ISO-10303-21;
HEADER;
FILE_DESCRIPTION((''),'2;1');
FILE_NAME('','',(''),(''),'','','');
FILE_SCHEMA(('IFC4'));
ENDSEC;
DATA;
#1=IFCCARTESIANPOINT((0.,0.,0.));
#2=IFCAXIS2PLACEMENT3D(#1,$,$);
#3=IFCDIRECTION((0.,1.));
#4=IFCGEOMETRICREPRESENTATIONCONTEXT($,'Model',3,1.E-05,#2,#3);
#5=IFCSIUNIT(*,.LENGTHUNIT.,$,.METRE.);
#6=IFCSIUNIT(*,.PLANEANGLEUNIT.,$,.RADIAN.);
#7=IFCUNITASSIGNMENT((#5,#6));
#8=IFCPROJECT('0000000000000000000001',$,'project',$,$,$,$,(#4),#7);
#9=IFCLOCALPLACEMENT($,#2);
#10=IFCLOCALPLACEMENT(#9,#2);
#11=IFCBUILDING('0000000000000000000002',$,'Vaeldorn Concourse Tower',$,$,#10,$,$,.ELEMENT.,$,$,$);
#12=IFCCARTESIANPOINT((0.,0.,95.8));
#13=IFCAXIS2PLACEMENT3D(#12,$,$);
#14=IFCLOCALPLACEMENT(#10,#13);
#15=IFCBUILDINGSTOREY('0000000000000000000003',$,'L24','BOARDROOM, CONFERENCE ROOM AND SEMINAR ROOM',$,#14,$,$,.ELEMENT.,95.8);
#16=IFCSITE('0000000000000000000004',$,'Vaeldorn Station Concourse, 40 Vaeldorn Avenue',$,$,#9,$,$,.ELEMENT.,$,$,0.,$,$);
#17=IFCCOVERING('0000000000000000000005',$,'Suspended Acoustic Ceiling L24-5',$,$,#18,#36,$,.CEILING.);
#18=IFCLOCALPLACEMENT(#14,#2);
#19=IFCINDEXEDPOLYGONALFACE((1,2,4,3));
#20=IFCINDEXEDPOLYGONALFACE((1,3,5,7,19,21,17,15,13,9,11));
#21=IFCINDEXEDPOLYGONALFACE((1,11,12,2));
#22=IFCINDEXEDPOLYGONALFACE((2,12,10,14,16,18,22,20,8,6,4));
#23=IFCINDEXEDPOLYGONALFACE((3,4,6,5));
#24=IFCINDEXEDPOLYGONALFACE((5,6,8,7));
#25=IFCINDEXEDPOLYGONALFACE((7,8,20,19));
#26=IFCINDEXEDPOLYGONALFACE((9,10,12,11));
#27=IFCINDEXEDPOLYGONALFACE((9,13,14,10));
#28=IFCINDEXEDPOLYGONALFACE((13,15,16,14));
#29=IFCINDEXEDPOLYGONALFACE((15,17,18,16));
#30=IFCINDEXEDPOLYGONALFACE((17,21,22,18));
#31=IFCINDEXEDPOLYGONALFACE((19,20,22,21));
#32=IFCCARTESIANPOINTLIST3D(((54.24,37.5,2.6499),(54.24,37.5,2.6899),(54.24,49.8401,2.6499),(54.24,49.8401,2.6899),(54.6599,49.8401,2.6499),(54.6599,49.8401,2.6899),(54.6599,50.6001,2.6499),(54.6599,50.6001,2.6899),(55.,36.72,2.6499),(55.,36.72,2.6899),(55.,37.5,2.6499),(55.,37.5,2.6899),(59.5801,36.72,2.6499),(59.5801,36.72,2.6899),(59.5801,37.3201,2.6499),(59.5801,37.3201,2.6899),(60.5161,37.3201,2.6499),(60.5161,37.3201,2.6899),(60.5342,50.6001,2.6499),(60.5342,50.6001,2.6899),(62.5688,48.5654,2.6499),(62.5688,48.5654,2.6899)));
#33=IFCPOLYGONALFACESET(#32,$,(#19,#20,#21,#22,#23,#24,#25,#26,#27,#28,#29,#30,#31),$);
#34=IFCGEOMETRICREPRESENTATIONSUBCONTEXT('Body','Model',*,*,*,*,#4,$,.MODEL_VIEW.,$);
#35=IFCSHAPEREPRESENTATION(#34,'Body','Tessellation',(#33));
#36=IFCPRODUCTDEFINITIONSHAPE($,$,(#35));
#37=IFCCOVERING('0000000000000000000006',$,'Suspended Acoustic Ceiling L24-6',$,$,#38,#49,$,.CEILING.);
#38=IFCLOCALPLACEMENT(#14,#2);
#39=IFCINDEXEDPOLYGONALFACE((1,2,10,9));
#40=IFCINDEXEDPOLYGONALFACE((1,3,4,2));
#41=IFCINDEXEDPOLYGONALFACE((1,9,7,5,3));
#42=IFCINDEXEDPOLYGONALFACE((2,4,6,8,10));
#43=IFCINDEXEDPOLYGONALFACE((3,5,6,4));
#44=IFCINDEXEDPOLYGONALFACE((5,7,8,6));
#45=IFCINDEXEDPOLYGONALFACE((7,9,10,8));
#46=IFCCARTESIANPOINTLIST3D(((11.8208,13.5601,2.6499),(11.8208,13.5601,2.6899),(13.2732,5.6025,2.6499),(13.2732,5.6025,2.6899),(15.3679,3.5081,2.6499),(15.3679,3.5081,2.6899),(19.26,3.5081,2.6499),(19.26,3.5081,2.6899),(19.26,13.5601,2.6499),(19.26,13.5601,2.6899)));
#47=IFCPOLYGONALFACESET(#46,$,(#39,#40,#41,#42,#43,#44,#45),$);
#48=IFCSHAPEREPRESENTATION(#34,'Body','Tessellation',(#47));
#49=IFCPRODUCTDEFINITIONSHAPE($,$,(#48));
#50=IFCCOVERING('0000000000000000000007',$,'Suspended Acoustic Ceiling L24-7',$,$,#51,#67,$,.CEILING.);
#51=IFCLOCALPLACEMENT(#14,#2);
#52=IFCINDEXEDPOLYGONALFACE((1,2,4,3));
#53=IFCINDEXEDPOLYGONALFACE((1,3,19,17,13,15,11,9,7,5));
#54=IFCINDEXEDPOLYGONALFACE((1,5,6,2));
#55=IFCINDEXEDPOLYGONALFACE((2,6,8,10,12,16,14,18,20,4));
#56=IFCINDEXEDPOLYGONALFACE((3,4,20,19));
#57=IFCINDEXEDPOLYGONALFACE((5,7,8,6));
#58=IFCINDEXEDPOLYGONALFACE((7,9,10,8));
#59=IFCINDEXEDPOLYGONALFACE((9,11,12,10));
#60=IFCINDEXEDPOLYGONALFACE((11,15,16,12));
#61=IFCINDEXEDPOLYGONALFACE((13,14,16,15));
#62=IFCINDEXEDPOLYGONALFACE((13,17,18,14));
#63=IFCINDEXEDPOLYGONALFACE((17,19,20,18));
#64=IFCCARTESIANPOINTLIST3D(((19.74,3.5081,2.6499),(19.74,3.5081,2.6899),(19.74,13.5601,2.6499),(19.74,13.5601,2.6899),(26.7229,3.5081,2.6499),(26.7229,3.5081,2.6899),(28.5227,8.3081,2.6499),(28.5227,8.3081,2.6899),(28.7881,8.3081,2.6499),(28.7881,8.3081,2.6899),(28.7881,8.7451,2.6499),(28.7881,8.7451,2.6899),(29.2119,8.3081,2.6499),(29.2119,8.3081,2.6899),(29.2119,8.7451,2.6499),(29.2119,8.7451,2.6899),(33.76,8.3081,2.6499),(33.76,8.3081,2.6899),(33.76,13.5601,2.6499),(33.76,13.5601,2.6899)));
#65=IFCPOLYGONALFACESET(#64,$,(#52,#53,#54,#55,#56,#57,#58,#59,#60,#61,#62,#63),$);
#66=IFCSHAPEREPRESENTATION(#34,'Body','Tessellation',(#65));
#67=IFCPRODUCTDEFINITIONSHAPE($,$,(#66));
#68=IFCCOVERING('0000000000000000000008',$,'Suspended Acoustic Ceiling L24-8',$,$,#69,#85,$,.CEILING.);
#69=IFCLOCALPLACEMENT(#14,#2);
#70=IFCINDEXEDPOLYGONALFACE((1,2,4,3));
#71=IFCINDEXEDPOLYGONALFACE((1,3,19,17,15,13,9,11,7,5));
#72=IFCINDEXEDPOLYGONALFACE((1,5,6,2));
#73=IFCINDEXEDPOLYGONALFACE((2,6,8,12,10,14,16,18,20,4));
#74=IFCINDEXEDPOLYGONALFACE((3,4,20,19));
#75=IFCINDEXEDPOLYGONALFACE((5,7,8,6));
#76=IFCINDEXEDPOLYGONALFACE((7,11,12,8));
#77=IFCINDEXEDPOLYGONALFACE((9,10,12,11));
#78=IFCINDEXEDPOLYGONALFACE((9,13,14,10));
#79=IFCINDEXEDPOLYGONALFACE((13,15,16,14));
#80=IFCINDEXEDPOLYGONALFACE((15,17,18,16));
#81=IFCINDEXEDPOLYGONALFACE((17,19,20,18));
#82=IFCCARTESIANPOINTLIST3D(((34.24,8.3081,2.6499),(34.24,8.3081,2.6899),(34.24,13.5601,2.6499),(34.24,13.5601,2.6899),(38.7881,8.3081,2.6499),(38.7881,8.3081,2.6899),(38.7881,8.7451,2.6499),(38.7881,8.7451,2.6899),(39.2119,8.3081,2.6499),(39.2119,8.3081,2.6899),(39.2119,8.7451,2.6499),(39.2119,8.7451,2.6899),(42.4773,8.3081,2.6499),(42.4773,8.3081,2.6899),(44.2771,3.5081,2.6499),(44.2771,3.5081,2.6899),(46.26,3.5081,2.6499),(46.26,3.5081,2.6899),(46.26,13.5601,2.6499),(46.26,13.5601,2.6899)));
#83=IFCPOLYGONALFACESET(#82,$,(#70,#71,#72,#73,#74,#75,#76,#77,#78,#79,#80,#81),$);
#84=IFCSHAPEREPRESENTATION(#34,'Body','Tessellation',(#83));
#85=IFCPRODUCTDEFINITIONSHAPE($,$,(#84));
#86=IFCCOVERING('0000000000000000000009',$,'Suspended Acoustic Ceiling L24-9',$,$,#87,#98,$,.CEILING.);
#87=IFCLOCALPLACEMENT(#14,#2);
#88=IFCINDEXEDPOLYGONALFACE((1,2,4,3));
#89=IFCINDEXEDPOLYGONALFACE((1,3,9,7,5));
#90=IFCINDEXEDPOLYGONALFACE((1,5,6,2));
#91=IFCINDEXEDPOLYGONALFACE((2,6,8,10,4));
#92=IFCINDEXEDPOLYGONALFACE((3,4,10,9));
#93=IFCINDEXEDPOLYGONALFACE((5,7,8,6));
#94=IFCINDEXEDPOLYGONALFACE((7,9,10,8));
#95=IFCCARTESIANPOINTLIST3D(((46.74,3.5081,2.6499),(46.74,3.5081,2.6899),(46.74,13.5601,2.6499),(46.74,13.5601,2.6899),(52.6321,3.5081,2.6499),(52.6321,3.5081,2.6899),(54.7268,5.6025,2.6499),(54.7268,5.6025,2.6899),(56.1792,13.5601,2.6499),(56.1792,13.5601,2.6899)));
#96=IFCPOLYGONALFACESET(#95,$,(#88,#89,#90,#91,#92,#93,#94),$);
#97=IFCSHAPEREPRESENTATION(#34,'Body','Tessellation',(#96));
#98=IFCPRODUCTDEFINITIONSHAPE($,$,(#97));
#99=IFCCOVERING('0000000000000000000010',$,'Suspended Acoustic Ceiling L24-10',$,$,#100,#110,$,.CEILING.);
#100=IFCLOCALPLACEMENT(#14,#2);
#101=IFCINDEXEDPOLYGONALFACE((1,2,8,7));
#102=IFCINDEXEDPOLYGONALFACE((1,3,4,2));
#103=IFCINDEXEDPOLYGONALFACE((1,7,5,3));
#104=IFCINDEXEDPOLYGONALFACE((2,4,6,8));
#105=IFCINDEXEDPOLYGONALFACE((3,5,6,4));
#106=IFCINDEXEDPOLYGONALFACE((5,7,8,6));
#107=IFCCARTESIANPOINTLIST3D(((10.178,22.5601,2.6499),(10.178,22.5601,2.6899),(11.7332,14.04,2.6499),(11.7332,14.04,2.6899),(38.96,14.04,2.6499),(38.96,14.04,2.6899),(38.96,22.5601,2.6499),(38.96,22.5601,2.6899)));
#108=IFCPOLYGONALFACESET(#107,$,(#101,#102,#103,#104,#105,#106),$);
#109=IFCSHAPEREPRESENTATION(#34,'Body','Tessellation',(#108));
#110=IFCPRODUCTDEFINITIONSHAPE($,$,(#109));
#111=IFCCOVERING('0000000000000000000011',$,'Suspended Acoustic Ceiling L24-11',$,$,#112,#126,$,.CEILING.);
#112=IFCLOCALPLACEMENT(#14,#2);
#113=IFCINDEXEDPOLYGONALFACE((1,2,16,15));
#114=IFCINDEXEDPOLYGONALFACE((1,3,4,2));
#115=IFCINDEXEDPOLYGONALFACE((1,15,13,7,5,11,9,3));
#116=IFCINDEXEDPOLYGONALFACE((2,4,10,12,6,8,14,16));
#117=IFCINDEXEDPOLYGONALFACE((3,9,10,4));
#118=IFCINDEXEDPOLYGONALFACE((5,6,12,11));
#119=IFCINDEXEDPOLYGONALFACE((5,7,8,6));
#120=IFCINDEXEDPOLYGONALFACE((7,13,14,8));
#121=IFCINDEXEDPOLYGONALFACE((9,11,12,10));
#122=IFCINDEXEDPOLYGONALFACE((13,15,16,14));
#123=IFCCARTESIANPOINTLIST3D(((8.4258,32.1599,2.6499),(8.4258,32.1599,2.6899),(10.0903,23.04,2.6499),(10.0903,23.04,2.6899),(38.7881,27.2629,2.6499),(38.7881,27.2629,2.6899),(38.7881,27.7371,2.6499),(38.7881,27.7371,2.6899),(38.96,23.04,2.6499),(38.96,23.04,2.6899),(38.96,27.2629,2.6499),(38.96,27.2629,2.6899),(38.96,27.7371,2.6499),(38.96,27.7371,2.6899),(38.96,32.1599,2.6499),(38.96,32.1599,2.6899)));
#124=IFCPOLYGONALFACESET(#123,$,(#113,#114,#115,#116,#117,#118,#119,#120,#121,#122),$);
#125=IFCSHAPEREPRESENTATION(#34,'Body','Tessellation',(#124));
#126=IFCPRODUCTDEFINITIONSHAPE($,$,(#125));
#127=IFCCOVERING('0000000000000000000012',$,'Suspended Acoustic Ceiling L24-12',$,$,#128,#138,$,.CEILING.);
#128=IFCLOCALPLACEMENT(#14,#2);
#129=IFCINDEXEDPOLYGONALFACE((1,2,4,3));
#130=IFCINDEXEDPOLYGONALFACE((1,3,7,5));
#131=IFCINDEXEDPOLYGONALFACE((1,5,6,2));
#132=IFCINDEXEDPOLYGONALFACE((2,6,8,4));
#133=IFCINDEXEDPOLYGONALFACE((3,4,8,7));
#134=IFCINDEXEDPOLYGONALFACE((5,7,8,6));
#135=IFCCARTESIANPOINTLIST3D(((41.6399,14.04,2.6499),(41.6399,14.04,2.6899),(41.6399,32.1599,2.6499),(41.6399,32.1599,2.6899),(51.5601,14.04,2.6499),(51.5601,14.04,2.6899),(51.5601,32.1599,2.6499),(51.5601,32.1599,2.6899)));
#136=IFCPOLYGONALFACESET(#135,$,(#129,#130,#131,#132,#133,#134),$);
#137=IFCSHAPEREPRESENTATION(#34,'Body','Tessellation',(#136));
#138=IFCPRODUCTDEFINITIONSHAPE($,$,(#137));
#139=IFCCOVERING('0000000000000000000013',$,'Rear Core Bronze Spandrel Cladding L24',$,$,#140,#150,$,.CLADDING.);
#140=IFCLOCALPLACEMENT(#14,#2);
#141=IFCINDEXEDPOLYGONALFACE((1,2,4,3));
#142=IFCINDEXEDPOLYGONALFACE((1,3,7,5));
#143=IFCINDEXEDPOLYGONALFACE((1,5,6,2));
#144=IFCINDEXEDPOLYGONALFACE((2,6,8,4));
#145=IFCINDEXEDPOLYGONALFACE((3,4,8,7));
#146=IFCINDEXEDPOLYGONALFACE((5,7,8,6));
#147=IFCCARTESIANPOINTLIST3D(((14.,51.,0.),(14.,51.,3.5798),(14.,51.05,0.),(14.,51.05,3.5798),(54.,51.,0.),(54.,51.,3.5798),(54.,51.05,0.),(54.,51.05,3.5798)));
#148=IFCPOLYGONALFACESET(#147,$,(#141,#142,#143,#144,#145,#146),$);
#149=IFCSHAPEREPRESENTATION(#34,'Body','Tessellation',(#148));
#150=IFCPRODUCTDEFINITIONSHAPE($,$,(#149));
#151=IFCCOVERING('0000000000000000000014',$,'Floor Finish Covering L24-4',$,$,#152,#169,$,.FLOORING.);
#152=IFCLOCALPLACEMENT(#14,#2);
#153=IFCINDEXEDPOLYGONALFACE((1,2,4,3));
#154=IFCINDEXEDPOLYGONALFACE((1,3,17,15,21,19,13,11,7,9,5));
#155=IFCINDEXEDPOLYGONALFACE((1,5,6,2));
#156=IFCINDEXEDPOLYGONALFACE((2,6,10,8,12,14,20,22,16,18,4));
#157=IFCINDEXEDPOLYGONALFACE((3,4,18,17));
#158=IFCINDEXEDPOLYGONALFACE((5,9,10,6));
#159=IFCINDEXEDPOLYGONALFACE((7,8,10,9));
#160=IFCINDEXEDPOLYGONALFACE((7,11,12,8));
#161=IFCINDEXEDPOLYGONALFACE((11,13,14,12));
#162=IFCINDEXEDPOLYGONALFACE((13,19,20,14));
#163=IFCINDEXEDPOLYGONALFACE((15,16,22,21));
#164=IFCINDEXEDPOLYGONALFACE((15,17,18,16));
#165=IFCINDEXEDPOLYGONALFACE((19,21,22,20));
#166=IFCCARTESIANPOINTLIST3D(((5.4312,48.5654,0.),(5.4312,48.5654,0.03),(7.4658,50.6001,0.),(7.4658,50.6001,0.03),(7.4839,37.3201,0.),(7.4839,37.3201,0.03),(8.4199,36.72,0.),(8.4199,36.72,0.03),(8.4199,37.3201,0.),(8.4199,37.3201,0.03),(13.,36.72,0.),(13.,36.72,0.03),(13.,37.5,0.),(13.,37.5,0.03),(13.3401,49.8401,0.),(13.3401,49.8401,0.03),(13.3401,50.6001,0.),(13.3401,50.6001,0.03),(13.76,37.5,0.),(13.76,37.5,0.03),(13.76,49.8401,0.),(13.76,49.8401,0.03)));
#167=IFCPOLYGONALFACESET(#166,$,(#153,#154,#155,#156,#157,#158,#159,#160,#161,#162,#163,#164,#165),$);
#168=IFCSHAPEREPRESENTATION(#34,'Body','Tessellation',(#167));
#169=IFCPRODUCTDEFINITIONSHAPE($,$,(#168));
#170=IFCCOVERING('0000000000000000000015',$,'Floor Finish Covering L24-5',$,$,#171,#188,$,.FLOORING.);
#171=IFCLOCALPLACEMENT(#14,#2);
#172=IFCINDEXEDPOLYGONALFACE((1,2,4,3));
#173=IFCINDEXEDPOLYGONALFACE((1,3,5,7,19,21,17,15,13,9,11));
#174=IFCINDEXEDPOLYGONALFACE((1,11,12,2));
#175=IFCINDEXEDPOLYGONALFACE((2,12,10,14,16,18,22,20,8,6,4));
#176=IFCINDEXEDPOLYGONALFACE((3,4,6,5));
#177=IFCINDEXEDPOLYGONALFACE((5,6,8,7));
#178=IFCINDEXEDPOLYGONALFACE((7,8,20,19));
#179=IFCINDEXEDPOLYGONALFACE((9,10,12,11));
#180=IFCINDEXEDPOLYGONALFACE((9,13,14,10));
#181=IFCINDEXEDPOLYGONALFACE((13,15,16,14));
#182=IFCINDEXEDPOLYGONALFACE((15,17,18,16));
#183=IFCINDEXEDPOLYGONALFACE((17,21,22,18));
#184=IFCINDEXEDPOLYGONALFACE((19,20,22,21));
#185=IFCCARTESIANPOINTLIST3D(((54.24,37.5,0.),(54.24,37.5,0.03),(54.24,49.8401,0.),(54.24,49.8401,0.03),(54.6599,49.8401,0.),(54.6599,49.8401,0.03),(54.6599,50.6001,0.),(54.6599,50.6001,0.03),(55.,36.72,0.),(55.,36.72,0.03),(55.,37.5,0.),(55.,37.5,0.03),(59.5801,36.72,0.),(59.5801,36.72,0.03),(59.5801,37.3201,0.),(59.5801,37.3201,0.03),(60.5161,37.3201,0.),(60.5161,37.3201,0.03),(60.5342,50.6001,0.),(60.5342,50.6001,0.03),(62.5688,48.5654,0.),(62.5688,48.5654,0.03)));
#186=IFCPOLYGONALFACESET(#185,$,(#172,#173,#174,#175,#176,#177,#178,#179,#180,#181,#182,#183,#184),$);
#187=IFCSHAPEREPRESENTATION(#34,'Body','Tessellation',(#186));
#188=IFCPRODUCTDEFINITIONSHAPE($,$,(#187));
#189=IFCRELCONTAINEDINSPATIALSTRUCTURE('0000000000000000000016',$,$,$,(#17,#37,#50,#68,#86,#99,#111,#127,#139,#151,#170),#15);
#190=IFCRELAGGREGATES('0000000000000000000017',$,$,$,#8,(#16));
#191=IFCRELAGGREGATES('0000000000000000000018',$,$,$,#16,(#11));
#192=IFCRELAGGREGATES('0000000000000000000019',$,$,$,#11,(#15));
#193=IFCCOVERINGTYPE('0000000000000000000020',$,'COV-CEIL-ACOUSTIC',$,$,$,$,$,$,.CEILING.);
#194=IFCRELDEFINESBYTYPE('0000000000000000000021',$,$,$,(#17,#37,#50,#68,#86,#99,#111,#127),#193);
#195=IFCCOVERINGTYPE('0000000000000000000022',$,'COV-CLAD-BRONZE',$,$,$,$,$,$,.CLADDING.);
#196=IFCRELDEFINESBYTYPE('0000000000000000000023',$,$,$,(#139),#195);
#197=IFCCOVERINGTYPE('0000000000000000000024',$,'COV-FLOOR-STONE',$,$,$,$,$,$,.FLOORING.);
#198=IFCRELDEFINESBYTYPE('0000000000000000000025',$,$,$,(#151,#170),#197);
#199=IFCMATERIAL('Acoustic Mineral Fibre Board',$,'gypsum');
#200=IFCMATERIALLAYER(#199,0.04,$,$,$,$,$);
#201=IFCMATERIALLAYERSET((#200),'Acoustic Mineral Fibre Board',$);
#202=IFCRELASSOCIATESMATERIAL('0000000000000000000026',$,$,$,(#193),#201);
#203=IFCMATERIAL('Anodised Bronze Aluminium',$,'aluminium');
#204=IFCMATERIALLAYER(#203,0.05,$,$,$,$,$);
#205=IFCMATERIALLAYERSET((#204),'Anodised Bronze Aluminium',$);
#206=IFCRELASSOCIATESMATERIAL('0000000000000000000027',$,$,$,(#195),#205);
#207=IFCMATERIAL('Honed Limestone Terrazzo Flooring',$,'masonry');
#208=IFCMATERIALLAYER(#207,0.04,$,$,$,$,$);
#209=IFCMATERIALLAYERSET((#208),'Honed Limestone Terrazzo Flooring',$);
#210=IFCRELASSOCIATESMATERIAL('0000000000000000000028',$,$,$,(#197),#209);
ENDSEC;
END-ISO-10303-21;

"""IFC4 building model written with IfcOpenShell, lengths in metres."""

from ifc_helpers import new_model, si_unit, direction, frame, origin, place, context, subcontext, project, spatial, polyline, outline, extrude, material, layer, layer_set, type_object, element, save


model = new_model("IFC4")

# Units and contexts
model_context = context("Model", 3, precision=1e-05, world=origin(), true_north=direction((0.0, 1.0)))
body_context = subcontext(model_context, "Body", "Model", "MODEL_VIEW")
ifc_project = project(units=[si_unit("LENGTHUNIT", "METRE"), si_unit("PLANEANGLEUNIT", "RADIAN")], contexts=[model_context])

# Site, building, storey
site_placement = place(None, origin())
site = spatial("IfcSite", under=ifc_project, at=site_placement, Name="Vaeldorn Station Concourse, 40 Vaeldorn Avenue", CompositionType="ELEMENT", RefElevation=0.0)
building_placement = place(site_placement, origin())
building = spatial("IfcBuilding", under=site, at=building_placement, Name="Vaeldorn Concourse Tower", CompositionType="ELEMENT")
storey_placement = place(building_placement, frame((0.0, 0.0, 95.8)))
storey = spatial("IfcBuildingStorey", under=building, at=storey_placement, Name="L24", Description="BOARDROOM, CONFERENCE ROOM AND SEMINAR ROOM", CompositionType="ELEMENT", Elevation=95.8)

# Shared definitions
ifc_material_1 = material(Name="Anodised Bronze Aluminium", Category="aluminium")

# Coverings
ifc_material_2 = material(Name="Acoustic Mineral Fibre Board", Category="gypsum")
ifc_layer_1 = layer(ifc_material_2, 0.04)
ifc_layer_set_1 = layer_set([ifc_layer_1], Name="Acoustic Mineral Fibre Board")
covering_type_1 = type_object("IfcCoveringType", Name="COV-CEIL-ACOUSTIC", PredefinedType="CEILING", material=ifc_layer_set_1)
covering_1_placement = place(storey_placement, frame((0.0, 0.0, 2.6499)))
element("IfcCovering", 1, at=covering_1_placement, inside=storey, type_object=covering_type_1, Name="Suspended Acoustic Ceiling L24-5", PredefinedType="CEILING", context=body_context, shape_type="SweptSolid", body=[
    extrude(outline(polyline([(54.6599, 49.8401), (54.6599, 50.6001), (60.5342, 50.6001), (62.5688, 48.5654), (60.5161, 37.3201), (59.5801, 37.3201), (59.5801, 36.72), (55.0, 36.72), (55.0, 37.5), (54.24, 37.5), (54.24, 49.8401), (54.6599, 49.8401)])), origin(), (0.0, 0.0, 1.0), 0.04),
])
covering_2_placement = place(storey_placement, frame((0.0, 0.0, 2.6499)))
element("IfcCovering", 2, at=covering_2_placement, inside=storey, type_object=covering_type_1, Name="Suspended Acoustic Ceiling L24-6", PredefinedType="CEILING", context=body_context, shape_type="SweptSolid", body=[
    extrude(outline(polyline([(19.26, 13.5601), (19.26, 3.5081), (15.3679, 3.5081), (13.2732, 5.6025), (11.8208, 13.5601), (19.26, 13.5601)])), origin(), (0.0, 0.0, 1.0), 0.04),
])
covering_3_placement = place(storey_placement, frame((0.0, 0.0, 2.6499)))
element("IfcCovering", 3, at=covering_3_placement, inside=storey, type_object=covering_type_1, Name="Suspended Acoustic Ceiling L24-7", PredefinedType="CEILING", context=body_context, shape_type="SweptSolid", body=[
    extrude(outline(polyline([(26.7229, 3.5081), (19.74, 3.5081), (19.74, 13.5601), (33.76, 13.5601), (33.76, 8.3081), (29.2119, 8.3081), (29.2119, 8.7451), (28.7881, 8.7451), (28.7881, 8.3081), (28.5227, 8.3081), (26.7229, 3.5081)])), origin(), (0.0, 0.0, 1.0), 0.04),
])
covering_4_placement = place(storey_placement, frame((0.0, 0.0, 2.6499)))
element("IfcCovering", 4, at=covering_4_placement, inside=storey, type_object=covering_type_1, Name="Suspended Acoustic Ceiling L24-8", PredefinedType="CEILING", context=body_context, shape_type="SweptSolid", body=[
    extrude(outline(polyline([(34.24, 13.5601), (46.26, 13.5601), (46.26, 3.5081), (44.2771, 3.5081), (42.4773, 8.3081), (39.2119, 8.3081), (39.2119, 8.7451), (38.7881, 8.7451), (38.7881, 8.3081), (34.24, 8.3081), (34.24, 13.5601)])), origin(), (0.0, 0.0, 1.0), 0.04),
])
covering_5_placement = place(storey_placement, frame((0.0, 0.0, 2.6499)))
element("IfcCovering", 5, at=covering_5_placement, inside=storey, type_object=covering_type_1, Name="Suspended Acoustic Ceiling L24-9", PredefinedType="CEILING", context=body_context, shape_type="SweptSolid", body=[
    extrude(outline(polyline([(52.6321, 3.5081), (46.74, 3.5081), (46.74, 13.5601), (56.1792, 13.5601), (54.7268, 5.6025), (52.6321, 3.5081)])), origin(), (0.0, 0.0, 1.0), 0.04),
])
covering_6_placement = place(storey_placement, frame((0.0, 0.0, 2.6499)))
element("IfcCovering", 6, at=covering_6_placement, inside=storey, type_object=covering_type_1, Name="Suspended Acoustic Ceiling L24-10", PredefinedType="CEILING", context=body_context, shape_type="SweptSolid", body=[
    extrude(outline(polyline([(38.96, 22.5601), (38.96, 14.04), (11.7332, 14.04), (10.178, 22.5601), (38.96, 22.5601)])), origin(), (0.0, 0.0, 1.0), 0.04),
])
covering_7_placement = place(storey_placement, frame((0.0, 0.0, 2.6499)))
element("IfcCovering", 7, at=covering_7_placement, inside=storey, type_object=covering_type_1, Name="Suspended Acoustic Ceiling L24-11", PredefinedType="CEILING", context=body_context, shape_type="SweptSolid", body=[
    extrude(outline(polyline([(38.96, 32.1599), (38.96, 27.7371), (38.7881, 27.7371), (38.7881, 27.2629), (38.96, 27.2629), (38.96, 23.04), (10.0903, 23.04), (8.4258, 32.1599), (38.96, 32.1599)])), origin(), (0.0, 0.0, 1.0), 0.04),
])
covering_8_placement = place(storey_placement, frame((0.0, 0.0, 2.6499)))
element("IfcCovering", 8, at=covering_8_placement, inside=storey, type_object=covering_type_1, Name="Suspended Acoustic Ceiling L24-12", PredefinedType="CEILING", context=body_context, shape_type="SweptSolid", body=[
    extrude(outline(polyline([(41.6399, 32.1599), (51.5601, 32.1599), (51.5601, 14.04), (41.6399, 14.04), (41.6399, 32.1599)])), origin(), (0.0, 0.0, 1.0), 0.04),
])
ifc_layer_2 = layer(ifc_material_1, 0.05)
ifc_layer_set_2 = layer_set([ifc_layer_2], Name="Anodised Bronze Aluminium")
covering_type_2 = type_object("IfcCoveringType", Name="COV-CLAD-BRONZE", PredefinedType="CLADDING", material=ifc_layer_set_2)
covering_9_placement = place(storey_placement, origin())
element("IfcCovering", 9, at=covering_9_placement, inside=storey, type_object=covering_type_2, Name="Rear Core Bronze Spandrel Cladding L24", PredefinedType="CLADDING", context=body_context, shape_type="SweptSolid", body=[
    extrude(outline(polyline([(14.0, 51.0), (54.0, 51.0), (54.0, 51.05), (14.0, 51.05), (14.0, 51.0)])), origin(), (0.0, 0.0, 1.0), 3.5798),
])
ifc_material_3 = material(Name="Honed Limestone Terrazzo Flooring", Category="masonry")
ifc_layer_3 = layer(ifc_material_3, 0.04)
ifc_layer_set_3 = layer_set([ifc_layer_3], Name="Honed Limestone Terrazzo Flooring")
covering_type_3 = type_object("IfcCoveringType", Name="COV-FLOOR-STONE", PredefinedType="FLOORING", material=ifc_layer_set_3)
covering_10_placement = place(storey_placement, origin())
element("IfcCovering", 10, at=covering_10_placement, inside=storey, type_object=covering_type_3, Name="Floor Finish Covering L24-4", PredefinedType="FLOORING", context=body_context, shape_type="SweptSolid", body=[
    extrude(outline(polyline([(7.4658, 50.6001), (13.3401, 50.6001), (13.3401, 49.8401), (13.76, 49.8401), (13.76, 37.5), (13.0, 37.5), (13.0, 36.72), (8.4199, 36.72), (8.4199, 37.3201), (7.4839, 37.3201), (5.4312, 48.5654), (7.4658, 50.6001)])), origin(), (0.0, 0.0, 1.0), 0.03),
])
covering_11_placement = place(storey_placement, origin())
element("IfcCovering", 11, at=covering_11_placement, inside=storey, type_object=covering_type_3, Name="Floor Finish Covering L24-5", PredefinedType="FLOORING", context=body_context, shape_type="SweptSolid", body=[
    extrude(outline(polyline([(54.6599, 49.8401), (54.6599, 50.6001), (60.5342, 50.6001), (62.5688, 48.5654), (60.5161, 37.3201), (59.5801, 37.3201), (59.5801, 36.72), (55.0, 36.72), (55.0, 37.5), (54.24, 37.5), (54.24, 49.8401), (54.6599, 49.8401)])), origin(), (0.0, 0.0, 1.0), 0.03),
])

save(model, "model.ifc")
